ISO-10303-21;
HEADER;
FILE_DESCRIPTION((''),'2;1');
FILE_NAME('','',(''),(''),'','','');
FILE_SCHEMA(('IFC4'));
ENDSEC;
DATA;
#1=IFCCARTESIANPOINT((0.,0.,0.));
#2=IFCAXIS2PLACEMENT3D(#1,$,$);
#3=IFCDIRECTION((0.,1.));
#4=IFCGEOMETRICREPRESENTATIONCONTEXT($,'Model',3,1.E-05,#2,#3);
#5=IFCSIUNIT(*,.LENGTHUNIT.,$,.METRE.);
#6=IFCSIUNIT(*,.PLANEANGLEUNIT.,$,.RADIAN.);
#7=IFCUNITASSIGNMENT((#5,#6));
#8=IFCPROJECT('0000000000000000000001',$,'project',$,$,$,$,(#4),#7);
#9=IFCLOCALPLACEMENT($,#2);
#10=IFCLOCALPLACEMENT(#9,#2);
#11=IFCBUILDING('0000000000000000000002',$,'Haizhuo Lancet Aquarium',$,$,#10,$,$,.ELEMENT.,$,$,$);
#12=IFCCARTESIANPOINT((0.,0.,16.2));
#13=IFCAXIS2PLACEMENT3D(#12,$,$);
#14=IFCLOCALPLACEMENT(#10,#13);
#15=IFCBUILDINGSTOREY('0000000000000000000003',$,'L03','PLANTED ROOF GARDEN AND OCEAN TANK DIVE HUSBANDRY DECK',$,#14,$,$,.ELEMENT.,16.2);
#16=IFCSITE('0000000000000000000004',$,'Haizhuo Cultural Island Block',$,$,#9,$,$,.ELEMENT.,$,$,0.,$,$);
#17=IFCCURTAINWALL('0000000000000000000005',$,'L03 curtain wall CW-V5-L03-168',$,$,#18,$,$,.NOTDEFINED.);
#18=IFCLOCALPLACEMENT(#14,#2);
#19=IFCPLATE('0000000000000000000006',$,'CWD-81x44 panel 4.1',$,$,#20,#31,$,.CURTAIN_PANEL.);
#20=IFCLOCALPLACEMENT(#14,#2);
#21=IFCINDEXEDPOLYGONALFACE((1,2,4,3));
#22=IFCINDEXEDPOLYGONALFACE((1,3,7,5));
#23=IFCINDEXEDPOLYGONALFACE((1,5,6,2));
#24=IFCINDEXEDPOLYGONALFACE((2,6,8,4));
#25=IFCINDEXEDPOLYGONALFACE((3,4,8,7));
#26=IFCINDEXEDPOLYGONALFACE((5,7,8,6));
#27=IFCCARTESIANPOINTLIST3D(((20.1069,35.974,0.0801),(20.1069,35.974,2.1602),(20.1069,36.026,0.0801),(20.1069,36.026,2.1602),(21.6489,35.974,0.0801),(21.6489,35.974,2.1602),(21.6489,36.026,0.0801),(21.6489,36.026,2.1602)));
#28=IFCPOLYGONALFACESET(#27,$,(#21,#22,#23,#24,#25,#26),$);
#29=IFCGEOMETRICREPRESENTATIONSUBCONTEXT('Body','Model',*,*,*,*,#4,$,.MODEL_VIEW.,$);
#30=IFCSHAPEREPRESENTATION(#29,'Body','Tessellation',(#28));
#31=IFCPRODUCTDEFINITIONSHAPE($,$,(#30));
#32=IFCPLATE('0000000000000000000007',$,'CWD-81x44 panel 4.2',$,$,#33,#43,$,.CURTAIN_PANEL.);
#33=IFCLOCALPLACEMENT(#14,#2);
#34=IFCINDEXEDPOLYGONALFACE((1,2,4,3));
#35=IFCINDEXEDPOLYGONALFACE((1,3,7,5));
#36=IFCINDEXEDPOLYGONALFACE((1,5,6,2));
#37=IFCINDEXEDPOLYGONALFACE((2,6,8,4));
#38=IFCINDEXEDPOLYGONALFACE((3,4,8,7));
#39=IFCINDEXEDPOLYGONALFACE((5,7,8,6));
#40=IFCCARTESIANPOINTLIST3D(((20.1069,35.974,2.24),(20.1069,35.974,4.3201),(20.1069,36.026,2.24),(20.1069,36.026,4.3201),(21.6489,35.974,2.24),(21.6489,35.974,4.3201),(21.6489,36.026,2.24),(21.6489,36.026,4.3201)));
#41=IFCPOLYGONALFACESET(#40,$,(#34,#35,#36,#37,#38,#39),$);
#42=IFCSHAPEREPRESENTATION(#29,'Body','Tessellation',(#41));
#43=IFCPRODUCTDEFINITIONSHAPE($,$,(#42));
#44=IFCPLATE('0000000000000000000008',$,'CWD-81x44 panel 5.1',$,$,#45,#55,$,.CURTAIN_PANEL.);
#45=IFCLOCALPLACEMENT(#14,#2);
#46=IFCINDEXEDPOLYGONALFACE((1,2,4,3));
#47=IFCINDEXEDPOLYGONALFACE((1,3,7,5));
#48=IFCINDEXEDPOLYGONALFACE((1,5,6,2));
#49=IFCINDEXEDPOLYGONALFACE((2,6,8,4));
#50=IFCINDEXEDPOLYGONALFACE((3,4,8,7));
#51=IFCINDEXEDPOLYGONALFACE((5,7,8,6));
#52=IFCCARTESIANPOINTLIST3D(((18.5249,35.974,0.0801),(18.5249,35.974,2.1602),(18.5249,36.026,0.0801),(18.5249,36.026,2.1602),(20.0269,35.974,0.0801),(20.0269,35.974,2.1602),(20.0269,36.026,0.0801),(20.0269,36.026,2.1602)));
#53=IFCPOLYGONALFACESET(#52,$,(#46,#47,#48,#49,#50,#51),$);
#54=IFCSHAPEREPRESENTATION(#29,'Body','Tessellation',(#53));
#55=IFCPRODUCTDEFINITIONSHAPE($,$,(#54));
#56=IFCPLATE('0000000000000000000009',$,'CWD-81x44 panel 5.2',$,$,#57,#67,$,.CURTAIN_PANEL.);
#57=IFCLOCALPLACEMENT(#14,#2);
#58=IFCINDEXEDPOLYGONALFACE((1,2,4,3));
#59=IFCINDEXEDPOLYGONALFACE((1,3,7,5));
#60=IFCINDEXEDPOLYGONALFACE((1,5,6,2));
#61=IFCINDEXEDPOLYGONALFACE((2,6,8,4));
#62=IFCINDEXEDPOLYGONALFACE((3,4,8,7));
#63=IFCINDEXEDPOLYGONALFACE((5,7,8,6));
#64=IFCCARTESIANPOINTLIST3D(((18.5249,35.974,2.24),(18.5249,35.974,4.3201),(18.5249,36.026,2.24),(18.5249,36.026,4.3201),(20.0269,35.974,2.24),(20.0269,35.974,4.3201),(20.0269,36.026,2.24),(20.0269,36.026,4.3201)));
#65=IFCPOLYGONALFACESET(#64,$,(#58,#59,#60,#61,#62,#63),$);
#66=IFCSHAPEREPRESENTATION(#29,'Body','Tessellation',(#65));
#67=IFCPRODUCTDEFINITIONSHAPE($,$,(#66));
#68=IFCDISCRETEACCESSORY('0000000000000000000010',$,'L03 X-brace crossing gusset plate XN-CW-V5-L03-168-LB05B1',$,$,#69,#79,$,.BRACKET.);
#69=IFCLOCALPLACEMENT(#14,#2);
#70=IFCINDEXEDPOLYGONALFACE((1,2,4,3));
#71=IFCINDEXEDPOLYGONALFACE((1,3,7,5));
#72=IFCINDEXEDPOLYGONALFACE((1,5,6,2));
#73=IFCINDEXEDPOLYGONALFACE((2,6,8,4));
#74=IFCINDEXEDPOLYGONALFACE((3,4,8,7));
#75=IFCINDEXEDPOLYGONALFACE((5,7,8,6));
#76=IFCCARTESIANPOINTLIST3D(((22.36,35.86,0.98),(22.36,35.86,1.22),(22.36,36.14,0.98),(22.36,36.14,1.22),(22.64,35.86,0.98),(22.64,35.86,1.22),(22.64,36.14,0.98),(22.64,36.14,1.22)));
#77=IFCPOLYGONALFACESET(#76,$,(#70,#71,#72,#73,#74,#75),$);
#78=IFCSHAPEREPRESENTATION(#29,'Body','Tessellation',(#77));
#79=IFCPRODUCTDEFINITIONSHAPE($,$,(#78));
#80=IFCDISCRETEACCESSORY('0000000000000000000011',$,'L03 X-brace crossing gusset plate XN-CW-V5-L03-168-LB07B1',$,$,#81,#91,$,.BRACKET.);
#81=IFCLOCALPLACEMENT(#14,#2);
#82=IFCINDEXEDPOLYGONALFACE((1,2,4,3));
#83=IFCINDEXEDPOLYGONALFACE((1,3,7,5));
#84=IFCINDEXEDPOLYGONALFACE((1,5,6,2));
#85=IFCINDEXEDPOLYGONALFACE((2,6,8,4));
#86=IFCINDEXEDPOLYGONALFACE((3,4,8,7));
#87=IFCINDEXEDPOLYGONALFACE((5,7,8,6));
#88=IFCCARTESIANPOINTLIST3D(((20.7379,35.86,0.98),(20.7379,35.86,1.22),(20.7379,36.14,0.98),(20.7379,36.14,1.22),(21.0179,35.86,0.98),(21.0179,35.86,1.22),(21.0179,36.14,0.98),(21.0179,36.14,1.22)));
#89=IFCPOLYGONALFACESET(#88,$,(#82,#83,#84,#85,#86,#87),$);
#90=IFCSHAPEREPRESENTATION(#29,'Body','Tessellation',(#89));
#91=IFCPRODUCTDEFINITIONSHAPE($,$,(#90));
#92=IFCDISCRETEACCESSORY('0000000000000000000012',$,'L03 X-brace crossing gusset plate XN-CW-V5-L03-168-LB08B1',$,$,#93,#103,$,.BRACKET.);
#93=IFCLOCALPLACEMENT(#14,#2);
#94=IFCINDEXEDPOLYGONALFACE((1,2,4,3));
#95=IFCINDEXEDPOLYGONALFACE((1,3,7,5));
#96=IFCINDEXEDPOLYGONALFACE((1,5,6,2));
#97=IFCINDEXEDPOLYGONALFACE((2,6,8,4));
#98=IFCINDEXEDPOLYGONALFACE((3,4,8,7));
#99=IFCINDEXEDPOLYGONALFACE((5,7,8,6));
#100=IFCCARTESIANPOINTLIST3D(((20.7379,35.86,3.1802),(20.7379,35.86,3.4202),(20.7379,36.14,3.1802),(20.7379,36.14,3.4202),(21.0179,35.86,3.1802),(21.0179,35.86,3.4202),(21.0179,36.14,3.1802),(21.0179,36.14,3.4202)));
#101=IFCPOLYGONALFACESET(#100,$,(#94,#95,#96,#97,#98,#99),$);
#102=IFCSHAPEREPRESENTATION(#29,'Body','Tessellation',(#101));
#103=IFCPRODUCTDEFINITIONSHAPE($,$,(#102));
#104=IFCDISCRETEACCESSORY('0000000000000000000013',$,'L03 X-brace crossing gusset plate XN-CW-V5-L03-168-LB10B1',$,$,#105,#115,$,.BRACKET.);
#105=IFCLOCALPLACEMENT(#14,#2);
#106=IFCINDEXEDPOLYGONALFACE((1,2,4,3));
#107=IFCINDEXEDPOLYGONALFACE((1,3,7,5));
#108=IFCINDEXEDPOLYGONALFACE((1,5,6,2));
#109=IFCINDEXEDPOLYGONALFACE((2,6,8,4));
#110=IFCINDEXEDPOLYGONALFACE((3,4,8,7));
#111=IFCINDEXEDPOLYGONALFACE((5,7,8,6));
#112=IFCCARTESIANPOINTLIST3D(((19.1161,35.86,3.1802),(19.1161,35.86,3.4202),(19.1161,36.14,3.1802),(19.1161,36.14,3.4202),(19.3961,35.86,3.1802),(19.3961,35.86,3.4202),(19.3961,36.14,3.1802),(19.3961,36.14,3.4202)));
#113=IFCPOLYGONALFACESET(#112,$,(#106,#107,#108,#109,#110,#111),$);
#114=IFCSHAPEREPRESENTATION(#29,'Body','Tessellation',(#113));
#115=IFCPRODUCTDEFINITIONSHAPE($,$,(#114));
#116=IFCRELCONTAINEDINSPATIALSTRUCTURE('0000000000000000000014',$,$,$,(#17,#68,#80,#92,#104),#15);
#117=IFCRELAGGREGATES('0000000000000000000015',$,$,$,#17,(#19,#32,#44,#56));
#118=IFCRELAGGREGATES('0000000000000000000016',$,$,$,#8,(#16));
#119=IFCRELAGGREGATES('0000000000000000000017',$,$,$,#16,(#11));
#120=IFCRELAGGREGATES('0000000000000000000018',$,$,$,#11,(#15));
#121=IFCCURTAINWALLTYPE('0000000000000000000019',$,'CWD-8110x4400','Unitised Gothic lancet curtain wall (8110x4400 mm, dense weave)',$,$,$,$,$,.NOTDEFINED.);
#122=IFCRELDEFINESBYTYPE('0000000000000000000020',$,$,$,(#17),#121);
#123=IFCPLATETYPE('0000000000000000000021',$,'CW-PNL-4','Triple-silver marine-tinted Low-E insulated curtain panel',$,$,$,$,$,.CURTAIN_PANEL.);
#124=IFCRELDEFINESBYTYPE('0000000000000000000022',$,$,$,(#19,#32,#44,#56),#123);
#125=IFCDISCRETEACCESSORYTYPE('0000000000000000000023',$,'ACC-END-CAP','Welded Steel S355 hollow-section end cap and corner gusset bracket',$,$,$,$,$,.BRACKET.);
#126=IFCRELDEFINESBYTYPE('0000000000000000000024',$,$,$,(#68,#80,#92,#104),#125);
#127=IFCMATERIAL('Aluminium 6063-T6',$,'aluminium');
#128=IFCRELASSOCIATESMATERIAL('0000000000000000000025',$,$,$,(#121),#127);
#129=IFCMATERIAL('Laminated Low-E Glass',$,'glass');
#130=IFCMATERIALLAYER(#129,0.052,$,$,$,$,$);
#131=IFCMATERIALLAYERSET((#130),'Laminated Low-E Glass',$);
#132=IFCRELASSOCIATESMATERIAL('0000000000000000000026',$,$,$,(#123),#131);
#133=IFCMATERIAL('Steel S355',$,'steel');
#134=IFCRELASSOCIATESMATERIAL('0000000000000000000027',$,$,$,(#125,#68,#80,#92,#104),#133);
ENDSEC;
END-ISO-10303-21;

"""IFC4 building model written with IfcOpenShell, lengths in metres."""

from ifc_helpers import new_model, si_unit, direction, frame, origin, origin_2d, place, context, subcontext, project, spatial, rectangle, extrude, material, layer, layer_set, type_object, element, aggregate, save


model = new_model("IFC4")

# Units and contexts
model_context = context("Model", 3, precision=1e-05, world=origin(), true_north=direction((0.0, 1.0)))
body_context = subcontext(model_context, "Body", "Model", "MODEL_VIEW")
ifc_project = project(units=[si_unit("LENGTHUNIT", "METRE"), si_unit("PLANEANGLEUNIT", "RADIAN")], contexts=[model_context])

# Site, building, storey
site_placement = place(None, origin())
site = spatial("IfcSite", under=ifc_project, at=site_placement, Name="Haizhuo Cultural Island Block", CompositionType="ELEMENT", RefElevation=0.0)
building_placement = place(site_placement, origin())
building = spatial("IfcBuilding", under=site, at=building_placement, Name="Haizhuo Lancet Aquarium", CompositionType="ELEMENT")
storey_placement = place(building_placement, frame((0.0, 0.0, 16.2)))
storey = spatial("IfcBuildingStorey", under=building, at=storey_placement, Name="L03", Description="PLANTED ROOF GARDEN AND OCEAN TANK DIVE HUSBANDRY DECK", CompositionType="ELEMENT", Elevation=16.2)

# Curtain wall
ifc_material_1 = material(Name="Aluminium 6063-T6", Category="aluminium")
curtain_wall_type = type_object("IfcCurtainWallType", Name="CWD-8110x4400", Description="Unitised Gothic lancet curtain wall (8110x4400 mm, dense weave)", PredefinedType="NOTDEFINED", material=ifc_material_1)
curtain_wall_placement = place(storey_placement, origin())
curtain_wall = element("IfcCurtainWall", 1, at=curtain_wall_placement, inside=storey, type_object=curtain_wall_type, Name="L03 curtain wall CW-V5-L03-168", PredefinedType="NOTDEFINED")

# Shared definitions
ifc_material_2 = material(Name="Steel S355", Category="steel")

# Plates
ifc_material_3 = material(Name="Laminated Low-E Glass", Category="glass")
ifc_layer = layer(ifc_material_3, 0.052)
ifc_layer_set = layer_set([ifc_layer], Name="Laminated Low-E Glass")
plate_type = type_object("IfcPlateType", Name="CW-PNL-4", Description="Triple-silver marine-tinted Low-E insulated curtain panel", PredefinedType="CURTAIN_PANEL", material=ifc_layer_set)
plate_1_placement = place(storey_placement, frame((20.8779, 36.0, 0.0801), z_axis=(0.0, 0.0, 1.0), x_axis=(-1.0, 0.0, 0.0)))
plate_1 = element("IfcPlate", 2, at=plate_1_placement, type_object=plate_type, Name="CWD-81x44 panel 4.1", PredefinedType="CURTAIN_PANEL", context=body_context, shape_type="SweptSolid", body=[
    extrude(rectangle(XDim=1.542, YDim=0.052, at=origin_2d()), origin(), (0.0, 0.0, 1.0), 2.0801),
])
plate_2_placement = place(storey_placement, frame((20.8779, 36.0, 2.24), z_axis=(0.0, 0.0, 1.0), x_axis=(-1.0, 0.0, 0.0)))
plate_2 = element("IfcPlate", 3, at=plate_2_placement, type_object=plate_type, Name="CWD-81x44 panel 4.2", PredefinedType="CURTAIN_PANEL", context=body_context, shape_type="SweptSolid", body=[
    extrude(rectangle(XDim=1.542, YDim=0.052, at=origin_2d()), origin(), (0.0, 0.0, 1.0), 2.0801),
])
plate_3_placement = place(storey_placement, frame((19.2759, 36.0, 0.0801), z_axis=(0.0, 0.0, 1.0), x_axis=(-1.0, 0.0, 0.0)))
plate_3 = element("IfcPlate", 4, at=plate_3_placement, type_object=plate_type, Name="CWD-81x44 panel 5.1", PredefinedType="CURTAIN_PANEL", context=body_context, shape_type="SweptSolid", body=[
    extrude(rectangle(XDim=1.502, YDim=0.052, at=origin_2d()), origin(), (0.0, 0.0, 1.0), 2.0801),
])
plate_4_placement = place(storey_placement, frame((19.2759, 36.0, 2.24), z_axis=(0.0, 0.0, 1.0), x_axis=(-1.0, 0.0, 0.0)))
plate_4 = element("IfcPlate", 5, at=plate_4_placement, type_object=plate_type, Name="CWD-81x44 panel 5.2", PredefinedType="CURTAIN_PANEL", context=body_context, shape_type="SweptSolid", body=[
    extrude(rectangle(XDim=1.502, YDim=0.052, at=origin_2d()), origin(), (0.0, 0.0, 1.0), 2.0801),
])
aggregate(curtain_wall, [plate_1, plate_2, plate_3, plate_4])

# Discrete accessories
discrete_accessory_type = type_object("IfcDiscreteAccessoryType", Name="ACC-END-CAP", Description="Welded Steel S355 hollow-section end cap and corner gusset bracket", PredefinedType="BRACKET", material=ifc_material_2)
for number, where, z_axis, x_axis, name in (
    (6, (22.5, 36.0, 0.98), (0.0, 0.0, 1.0), (1.0, 0.0, 0.0), "L03 X-brace crossing gusset plate XN-CW-V5-L03-168-LB05B1"),
    (7, (20.8779, 36.0, 0.98), (0.0, 0.0, 1.0), (1.0, 0.0, 0.0), "L03 X-brace crossing gusset plate XN-CW-V5-L03-168-LB07B1"),
    (8, (20.8779, 36.0, 3.1802), (0.0, 0.0, 1.0), (1.0, 0.0, 0.0), "L03 X-brace crossing gusset plate XN-CW-V5-L03-168-LB08B1"),
    (9, (19.2561, 36.0, 3.1802), (0.0, 0.0, 1.0), (1.0, 0.0, 0.0), "L03 X-brace crossing gusset plate XN-CW-V5-L03-168-LB10B1"),
):
    element("IfcDiscreteAccessory", number, at=place(storey_placement, frame(where, z_axis=z_axis, x_axis=x_axis)), inside=storey, type_object=discrete_accessory_type, material=ifc_material_2, Name=name, PredefinedType="BRACKET", context=body_context, shape_type="SweptSolid", body=[
        extrude(rectangle(XDim=0.28, YDim=0.28, at=origin_2d()), origin(), (0.0, 0.0, 1.0), 0.24),
    ])

save(model, "model.ifc")
